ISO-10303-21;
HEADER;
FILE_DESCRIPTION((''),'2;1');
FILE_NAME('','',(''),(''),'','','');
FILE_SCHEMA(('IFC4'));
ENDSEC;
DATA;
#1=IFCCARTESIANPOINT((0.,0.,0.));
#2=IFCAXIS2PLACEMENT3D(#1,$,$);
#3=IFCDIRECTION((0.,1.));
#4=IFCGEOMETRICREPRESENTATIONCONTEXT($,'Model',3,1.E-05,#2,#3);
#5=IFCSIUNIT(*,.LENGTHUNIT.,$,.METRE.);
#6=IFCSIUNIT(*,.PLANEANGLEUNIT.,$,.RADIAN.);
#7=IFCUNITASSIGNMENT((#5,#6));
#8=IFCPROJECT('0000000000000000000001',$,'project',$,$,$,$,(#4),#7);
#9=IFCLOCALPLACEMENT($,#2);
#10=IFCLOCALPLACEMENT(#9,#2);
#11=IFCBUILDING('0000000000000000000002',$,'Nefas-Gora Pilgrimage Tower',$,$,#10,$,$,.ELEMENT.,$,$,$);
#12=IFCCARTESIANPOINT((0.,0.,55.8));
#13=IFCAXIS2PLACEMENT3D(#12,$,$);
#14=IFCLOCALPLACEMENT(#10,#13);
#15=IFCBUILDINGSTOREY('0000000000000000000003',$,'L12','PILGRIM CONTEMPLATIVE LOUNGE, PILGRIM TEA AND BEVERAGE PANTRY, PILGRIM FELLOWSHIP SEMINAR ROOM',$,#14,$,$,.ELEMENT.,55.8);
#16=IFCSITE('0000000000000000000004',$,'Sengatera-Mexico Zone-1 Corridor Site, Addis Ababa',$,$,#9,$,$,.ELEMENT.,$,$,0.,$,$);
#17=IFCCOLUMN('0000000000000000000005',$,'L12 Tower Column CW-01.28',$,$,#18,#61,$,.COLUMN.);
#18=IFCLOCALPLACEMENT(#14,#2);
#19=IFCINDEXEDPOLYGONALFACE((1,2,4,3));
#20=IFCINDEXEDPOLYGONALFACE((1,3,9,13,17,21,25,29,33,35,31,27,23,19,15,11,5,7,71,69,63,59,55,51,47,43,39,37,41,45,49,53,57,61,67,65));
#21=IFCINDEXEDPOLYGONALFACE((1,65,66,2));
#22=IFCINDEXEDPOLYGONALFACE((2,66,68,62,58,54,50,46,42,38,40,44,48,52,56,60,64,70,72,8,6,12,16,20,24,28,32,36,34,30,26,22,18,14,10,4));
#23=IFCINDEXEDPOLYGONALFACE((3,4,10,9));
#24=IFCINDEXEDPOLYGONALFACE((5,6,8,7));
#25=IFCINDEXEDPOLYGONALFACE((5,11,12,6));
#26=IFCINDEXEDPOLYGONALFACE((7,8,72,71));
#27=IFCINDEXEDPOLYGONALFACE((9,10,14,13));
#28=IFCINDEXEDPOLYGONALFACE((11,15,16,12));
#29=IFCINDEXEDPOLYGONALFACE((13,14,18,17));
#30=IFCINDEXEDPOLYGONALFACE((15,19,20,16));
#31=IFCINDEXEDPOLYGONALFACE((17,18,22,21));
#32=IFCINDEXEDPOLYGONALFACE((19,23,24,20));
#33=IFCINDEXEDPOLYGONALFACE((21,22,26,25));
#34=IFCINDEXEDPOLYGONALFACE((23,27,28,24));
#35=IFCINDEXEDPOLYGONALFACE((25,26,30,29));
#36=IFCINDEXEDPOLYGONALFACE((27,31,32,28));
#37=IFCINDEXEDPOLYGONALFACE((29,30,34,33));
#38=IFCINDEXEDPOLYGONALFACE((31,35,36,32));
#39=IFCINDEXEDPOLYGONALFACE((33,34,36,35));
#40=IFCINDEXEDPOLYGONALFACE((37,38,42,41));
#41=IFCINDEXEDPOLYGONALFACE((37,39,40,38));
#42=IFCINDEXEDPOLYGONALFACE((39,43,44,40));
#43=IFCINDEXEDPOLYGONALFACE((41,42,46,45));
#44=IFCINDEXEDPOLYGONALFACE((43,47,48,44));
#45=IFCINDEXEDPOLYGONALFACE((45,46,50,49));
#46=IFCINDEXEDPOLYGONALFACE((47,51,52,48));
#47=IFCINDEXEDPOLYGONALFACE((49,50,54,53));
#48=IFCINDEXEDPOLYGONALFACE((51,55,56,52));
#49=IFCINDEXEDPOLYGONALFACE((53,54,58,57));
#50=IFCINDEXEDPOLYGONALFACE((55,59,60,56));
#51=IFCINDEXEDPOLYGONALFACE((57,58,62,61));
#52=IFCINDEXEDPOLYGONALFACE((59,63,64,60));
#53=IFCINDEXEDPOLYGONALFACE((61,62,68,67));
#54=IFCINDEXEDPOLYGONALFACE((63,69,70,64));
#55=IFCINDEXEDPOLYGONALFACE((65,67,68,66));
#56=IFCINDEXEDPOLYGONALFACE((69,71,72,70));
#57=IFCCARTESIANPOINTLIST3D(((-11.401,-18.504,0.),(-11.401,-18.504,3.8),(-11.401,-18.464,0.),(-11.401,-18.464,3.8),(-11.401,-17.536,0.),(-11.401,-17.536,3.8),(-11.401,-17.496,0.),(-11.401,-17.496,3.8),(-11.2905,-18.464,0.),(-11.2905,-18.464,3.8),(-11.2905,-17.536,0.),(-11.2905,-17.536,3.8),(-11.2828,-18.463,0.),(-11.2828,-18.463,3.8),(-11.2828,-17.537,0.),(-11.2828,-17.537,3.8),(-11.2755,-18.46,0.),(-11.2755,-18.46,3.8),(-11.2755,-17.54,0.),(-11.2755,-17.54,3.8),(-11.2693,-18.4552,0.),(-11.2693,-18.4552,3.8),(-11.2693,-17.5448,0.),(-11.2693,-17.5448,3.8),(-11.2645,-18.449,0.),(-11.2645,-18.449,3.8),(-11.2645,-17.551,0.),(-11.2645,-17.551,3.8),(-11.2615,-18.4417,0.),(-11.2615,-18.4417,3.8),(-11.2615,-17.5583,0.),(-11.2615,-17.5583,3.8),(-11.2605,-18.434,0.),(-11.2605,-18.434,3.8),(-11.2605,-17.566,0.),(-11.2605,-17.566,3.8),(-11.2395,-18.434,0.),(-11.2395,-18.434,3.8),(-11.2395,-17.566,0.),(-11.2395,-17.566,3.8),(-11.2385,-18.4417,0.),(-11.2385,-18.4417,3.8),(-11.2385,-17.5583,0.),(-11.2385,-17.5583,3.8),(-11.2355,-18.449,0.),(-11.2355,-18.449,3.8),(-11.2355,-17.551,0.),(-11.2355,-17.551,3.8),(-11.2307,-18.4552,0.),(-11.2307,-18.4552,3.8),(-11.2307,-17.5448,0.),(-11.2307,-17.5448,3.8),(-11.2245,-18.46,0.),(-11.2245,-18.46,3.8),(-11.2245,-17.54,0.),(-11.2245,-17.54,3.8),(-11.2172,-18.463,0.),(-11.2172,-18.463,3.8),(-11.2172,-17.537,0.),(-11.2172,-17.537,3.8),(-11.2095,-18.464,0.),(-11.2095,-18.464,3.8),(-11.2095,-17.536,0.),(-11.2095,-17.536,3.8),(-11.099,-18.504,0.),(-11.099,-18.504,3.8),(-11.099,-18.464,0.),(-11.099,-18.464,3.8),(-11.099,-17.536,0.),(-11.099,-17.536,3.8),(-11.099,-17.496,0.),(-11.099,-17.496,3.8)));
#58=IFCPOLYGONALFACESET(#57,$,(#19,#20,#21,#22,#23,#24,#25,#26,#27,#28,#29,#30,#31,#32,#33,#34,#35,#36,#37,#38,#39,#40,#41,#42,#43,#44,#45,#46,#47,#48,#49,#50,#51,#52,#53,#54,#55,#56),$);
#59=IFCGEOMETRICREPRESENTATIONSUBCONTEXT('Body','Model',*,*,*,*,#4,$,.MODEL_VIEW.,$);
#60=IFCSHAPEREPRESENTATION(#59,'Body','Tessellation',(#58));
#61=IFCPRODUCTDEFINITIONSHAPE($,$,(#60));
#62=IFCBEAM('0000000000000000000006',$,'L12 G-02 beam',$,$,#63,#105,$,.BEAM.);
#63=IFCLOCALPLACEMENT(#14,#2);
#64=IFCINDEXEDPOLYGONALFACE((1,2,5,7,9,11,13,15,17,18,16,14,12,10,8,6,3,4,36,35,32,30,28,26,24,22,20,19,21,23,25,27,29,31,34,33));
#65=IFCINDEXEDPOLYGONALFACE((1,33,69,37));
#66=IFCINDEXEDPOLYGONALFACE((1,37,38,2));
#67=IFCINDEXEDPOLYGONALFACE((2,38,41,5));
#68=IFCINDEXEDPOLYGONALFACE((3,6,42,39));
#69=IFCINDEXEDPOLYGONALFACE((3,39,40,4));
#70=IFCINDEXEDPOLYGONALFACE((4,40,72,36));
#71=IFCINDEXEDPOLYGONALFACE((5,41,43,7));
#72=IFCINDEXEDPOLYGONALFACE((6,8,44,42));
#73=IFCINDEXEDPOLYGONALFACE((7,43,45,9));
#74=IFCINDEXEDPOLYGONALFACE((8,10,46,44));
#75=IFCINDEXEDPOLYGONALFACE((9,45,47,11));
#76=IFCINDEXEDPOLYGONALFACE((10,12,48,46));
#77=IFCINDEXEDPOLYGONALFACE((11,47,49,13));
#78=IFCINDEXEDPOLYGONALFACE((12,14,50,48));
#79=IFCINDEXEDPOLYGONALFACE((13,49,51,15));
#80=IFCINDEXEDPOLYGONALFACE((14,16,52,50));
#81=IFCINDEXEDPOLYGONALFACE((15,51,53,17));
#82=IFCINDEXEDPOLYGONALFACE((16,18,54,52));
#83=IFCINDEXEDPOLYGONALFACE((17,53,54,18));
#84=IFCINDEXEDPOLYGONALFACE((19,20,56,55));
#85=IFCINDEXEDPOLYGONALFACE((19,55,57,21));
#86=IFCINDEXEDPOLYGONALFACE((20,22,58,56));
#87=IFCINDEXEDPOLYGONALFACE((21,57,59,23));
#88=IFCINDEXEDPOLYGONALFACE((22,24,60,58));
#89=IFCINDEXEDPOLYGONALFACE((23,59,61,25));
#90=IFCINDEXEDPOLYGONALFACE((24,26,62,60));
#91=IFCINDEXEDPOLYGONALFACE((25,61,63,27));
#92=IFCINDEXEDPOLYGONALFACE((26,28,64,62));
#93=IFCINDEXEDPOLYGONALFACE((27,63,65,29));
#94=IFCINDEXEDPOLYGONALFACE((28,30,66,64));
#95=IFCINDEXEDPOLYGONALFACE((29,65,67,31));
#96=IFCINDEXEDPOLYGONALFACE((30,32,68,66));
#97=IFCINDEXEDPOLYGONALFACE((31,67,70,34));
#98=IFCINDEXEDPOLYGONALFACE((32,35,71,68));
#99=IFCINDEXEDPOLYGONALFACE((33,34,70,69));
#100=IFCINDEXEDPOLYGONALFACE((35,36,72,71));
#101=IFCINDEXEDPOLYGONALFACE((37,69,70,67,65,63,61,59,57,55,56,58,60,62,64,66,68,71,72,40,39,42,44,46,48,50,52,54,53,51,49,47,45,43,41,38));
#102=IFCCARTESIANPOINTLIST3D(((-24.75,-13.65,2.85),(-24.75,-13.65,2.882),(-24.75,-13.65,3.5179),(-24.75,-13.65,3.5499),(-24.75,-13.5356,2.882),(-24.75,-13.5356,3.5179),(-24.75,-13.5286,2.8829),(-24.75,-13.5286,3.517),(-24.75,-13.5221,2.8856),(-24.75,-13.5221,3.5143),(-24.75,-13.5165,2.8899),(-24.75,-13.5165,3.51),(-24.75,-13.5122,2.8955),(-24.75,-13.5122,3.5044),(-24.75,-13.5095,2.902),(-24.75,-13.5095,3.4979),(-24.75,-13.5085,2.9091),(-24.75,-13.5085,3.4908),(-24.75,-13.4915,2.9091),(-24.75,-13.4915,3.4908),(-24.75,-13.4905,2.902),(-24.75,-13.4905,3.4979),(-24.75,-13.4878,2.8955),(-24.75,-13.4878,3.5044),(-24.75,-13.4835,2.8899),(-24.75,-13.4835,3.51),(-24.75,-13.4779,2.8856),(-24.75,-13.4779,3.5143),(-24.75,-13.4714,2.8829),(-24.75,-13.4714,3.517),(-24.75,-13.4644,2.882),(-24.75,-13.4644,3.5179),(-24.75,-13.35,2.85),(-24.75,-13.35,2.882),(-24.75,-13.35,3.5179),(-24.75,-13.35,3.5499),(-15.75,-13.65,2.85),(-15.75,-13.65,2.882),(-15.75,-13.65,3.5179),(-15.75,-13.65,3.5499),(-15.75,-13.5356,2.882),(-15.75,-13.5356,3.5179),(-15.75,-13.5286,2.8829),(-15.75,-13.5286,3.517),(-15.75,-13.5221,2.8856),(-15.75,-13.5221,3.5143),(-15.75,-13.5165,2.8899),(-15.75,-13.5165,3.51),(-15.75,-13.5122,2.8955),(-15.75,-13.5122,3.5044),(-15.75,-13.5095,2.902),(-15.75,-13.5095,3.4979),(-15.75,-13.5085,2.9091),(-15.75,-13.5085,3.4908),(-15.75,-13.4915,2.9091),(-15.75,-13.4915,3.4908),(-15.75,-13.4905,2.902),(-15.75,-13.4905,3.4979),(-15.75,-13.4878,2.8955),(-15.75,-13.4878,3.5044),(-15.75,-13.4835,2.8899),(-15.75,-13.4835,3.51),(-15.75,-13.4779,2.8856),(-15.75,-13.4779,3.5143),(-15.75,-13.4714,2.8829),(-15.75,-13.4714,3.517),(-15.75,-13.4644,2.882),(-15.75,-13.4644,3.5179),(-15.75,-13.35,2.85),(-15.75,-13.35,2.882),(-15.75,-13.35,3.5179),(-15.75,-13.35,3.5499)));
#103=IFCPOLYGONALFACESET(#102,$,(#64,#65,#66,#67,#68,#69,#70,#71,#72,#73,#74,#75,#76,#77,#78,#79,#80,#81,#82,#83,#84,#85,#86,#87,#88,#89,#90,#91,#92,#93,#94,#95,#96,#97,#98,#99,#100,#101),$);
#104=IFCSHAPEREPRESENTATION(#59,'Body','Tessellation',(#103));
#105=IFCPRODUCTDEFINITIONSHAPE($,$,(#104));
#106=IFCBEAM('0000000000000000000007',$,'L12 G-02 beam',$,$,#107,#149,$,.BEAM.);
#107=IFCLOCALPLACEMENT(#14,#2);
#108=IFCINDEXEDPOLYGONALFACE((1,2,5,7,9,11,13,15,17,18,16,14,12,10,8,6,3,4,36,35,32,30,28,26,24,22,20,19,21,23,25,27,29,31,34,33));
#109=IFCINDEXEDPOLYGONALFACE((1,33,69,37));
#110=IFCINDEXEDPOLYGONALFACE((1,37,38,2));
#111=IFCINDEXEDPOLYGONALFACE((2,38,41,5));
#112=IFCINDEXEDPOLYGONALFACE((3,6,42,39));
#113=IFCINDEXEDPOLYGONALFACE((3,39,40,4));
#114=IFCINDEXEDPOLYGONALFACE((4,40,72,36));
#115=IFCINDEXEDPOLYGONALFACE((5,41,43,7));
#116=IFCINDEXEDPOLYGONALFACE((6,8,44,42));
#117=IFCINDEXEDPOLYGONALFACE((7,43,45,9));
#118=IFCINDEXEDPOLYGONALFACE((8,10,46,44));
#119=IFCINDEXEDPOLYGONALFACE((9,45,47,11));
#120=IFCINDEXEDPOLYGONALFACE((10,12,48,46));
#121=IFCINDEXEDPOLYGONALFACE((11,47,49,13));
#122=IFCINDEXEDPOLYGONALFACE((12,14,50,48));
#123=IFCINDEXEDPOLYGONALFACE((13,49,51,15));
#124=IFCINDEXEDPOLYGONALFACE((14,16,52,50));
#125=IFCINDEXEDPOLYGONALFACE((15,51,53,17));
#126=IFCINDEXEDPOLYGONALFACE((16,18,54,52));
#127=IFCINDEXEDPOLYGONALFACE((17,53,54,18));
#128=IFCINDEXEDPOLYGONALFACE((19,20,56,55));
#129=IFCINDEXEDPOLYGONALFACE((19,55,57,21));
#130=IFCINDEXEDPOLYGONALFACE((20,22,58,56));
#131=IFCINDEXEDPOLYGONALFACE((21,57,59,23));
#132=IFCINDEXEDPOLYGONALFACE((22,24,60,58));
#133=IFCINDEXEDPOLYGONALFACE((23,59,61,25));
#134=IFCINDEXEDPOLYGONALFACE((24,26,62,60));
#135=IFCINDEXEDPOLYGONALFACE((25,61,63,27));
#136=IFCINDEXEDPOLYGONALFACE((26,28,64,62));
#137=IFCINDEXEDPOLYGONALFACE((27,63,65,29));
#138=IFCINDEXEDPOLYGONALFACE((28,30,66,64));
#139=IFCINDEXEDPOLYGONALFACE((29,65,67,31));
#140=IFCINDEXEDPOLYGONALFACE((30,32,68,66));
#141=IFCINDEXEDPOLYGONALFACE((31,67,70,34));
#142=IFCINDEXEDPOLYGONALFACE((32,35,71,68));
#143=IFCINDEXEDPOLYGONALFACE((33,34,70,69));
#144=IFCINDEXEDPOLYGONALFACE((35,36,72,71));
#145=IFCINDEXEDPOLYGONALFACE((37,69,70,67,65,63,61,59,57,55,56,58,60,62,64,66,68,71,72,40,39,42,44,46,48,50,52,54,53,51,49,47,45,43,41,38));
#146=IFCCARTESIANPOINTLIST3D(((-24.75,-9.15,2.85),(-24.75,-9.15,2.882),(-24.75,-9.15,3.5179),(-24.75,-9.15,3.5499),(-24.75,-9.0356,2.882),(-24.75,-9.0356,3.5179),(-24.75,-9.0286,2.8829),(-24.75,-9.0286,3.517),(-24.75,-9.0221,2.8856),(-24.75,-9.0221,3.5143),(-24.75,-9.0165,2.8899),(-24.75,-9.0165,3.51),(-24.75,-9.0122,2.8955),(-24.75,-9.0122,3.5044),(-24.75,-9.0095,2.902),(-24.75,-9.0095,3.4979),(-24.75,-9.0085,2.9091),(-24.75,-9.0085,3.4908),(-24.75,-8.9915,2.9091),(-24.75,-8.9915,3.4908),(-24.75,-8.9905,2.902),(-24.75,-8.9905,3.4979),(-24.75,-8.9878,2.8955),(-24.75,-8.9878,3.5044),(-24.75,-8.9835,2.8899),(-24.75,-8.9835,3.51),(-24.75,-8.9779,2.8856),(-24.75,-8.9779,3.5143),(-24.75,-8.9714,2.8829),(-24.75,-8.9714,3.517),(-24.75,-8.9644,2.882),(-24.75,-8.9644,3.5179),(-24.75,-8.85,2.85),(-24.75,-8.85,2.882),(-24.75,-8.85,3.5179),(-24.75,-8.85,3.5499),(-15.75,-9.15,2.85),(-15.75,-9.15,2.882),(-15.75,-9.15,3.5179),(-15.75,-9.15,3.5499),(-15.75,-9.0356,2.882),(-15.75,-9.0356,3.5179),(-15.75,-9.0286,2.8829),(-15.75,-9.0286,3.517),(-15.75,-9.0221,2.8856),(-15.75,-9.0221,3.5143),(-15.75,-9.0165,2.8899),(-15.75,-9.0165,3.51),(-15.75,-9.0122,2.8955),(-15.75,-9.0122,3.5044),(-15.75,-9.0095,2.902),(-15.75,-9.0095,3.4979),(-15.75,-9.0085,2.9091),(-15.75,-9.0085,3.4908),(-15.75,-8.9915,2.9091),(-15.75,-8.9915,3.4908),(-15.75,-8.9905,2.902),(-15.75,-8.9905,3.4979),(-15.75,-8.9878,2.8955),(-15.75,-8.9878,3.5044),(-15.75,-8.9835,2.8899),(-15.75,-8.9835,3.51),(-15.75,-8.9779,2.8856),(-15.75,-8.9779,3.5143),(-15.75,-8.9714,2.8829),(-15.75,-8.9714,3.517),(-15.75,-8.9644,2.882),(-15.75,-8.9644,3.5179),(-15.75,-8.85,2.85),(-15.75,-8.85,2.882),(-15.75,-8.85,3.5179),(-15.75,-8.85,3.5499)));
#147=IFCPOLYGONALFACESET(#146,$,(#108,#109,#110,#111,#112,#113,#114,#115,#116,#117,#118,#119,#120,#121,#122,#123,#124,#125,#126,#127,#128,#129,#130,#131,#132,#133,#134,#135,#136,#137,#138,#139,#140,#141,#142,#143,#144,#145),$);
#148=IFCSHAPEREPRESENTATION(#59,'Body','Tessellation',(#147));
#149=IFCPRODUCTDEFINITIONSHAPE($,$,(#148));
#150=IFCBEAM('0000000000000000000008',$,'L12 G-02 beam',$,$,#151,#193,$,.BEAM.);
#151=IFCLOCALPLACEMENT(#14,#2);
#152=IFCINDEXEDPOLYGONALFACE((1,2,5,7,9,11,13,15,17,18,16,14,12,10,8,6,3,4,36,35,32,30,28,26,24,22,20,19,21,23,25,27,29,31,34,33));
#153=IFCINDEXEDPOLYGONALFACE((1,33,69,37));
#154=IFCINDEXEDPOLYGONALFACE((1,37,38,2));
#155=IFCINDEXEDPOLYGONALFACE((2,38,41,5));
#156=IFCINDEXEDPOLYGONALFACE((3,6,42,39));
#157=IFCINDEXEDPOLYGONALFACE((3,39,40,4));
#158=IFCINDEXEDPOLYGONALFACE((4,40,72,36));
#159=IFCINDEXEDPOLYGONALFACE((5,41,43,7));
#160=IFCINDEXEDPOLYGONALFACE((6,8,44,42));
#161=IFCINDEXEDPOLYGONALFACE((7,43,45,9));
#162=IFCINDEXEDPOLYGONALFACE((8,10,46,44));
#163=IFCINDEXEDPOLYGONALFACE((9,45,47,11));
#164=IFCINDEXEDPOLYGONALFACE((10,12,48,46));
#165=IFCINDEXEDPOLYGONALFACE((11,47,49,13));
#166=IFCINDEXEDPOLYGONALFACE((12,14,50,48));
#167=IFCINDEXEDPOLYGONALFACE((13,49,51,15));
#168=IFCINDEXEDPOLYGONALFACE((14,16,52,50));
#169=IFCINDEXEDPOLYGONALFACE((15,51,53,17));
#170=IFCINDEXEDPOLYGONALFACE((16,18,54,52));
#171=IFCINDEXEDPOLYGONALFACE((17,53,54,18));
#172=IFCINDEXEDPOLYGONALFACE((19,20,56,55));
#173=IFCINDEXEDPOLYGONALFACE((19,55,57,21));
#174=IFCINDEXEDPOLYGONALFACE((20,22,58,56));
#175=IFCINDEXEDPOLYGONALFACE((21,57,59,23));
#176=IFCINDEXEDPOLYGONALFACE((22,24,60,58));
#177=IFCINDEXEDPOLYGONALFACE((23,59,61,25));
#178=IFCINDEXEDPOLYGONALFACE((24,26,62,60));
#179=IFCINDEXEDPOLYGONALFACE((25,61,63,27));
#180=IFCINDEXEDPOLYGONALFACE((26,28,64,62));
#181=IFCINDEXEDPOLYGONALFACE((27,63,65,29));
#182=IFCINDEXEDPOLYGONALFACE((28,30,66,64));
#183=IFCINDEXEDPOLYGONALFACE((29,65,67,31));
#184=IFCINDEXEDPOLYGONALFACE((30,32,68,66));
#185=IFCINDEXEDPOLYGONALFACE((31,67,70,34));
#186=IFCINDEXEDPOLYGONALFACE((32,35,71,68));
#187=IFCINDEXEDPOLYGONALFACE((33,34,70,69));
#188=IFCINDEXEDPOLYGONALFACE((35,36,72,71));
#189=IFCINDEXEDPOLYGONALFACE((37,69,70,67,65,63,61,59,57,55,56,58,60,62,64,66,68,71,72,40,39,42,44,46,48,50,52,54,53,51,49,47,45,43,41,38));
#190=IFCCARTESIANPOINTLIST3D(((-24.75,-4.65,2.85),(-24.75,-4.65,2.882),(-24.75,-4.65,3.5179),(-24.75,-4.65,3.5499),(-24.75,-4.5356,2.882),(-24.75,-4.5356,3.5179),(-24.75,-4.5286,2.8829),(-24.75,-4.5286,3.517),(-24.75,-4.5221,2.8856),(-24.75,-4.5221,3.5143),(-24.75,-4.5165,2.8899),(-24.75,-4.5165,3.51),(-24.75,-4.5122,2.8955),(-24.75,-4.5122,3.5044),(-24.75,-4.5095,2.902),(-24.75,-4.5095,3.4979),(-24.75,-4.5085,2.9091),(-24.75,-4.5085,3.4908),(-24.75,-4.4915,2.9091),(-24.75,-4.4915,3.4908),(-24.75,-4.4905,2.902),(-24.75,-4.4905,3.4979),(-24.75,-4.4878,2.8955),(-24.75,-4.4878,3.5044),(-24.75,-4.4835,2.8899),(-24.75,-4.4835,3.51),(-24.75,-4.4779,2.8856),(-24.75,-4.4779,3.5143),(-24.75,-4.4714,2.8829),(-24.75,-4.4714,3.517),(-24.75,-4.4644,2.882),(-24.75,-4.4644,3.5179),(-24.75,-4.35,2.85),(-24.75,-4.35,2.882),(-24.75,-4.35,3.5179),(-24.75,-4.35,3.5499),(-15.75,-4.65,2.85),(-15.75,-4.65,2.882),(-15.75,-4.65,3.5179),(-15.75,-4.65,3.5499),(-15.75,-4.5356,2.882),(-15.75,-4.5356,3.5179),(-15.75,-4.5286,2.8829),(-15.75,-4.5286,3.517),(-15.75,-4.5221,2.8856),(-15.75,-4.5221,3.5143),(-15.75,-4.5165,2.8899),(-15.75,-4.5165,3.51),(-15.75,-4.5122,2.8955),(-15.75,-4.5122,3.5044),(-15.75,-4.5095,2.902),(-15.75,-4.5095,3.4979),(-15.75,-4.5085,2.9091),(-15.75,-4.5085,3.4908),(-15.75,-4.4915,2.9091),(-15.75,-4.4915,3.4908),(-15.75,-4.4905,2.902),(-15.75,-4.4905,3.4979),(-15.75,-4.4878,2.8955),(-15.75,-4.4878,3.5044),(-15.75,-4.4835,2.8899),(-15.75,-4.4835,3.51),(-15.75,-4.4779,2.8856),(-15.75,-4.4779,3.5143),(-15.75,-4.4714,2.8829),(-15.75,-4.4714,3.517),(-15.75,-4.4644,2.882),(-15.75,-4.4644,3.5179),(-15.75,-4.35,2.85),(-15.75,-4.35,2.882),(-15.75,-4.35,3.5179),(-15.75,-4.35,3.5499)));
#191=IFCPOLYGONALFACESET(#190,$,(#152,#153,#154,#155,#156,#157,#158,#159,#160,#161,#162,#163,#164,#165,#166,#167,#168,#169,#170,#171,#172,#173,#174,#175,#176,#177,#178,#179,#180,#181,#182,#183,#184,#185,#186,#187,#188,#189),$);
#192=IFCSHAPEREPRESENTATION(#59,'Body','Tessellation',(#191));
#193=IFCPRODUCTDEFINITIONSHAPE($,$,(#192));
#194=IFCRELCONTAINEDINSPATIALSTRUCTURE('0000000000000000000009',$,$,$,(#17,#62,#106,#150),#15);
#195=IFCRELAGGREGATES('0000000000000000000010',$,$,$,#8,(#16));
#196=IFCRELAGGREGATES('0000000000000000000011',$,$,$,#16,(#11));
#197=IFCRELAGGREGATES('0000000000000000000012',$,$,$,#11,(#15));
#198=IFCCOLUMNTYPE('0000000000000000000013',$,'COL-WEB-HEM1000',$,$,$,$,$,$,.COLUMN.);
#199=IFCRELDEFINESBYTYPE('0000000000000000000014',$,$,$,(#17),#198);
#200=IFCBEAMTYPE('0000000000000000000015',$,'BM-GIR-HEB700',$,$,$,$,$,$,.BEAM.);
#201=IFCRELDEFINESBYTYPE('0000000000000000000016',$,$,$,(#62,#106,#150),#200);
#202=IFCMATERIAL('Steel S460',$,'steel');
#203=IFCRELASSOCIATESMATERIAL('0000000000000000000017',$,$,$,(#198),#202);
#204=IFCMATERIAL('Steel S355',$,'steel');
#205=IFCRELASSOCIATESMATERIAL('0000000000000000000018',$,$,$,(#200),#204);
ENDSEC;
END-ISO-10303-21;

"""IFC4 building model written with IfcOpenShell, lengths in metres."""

from ifc_helpers import new_model, si_unit, direction, frame, origin, origin_2d, place, context, subcontext, project, spatial, i_section, extrude, source, transform, mapped, material, material_profile, profile_set, type_object, element, save


model = new_model("IFC4")

# Units and contexts
model_context = context("Model", 3, precision=1e-05, world=origin(), true_north=direction((0.0, 1.0)))
body_context = subcontext(model_context, "Body", "Model", "MODEL_VIEW")
ifc_project = project(units=[si_unit("LENGTHUNIT", "METRE"), si_unit("PLANEANGLEUNIT", "RADIAN")], contexts=[model_context])

# Site, building, storey
site_placement = place(None, origin())
site = spatial("IfcSite", under=ifc_project, at=site_placement, Name="Sengatera-Mexico Zone-1 Corridor Site, Addis Ababa", CompositionType="ELEMENT", RefElevation=0.0)
building_placement = place(site_placement, origin())
building = spatial("IfcBuilding", under=site, at=building_placement, Name="Nefas-Gora Pilgrimage Tower", CompositionType="ELEMENT")
storey_placement = place(building_placement, frame((0.0, 0.0, 55.8)))
storey = spatial("IfcBuildingStorey", under=building, at=storey_placement, Name="L12", Description="PILGRIM CONTEMPLATIVE LOUNGE, PILGRIM TEA AND BEVERAGE PANTRY, PILGRIM FELLOWSHIP SEMINAR ROOM", CompositionType="ELEMENT", Elevation=55.8)

# Column
ifc_material_1 = material(Name="Steel S460", Category="steel")
ifc_material_profile_1 = material_profile(ifc_material_1, i_section(OverallWidth=0.302, OverallDepth=1.0081, WebThickness=0.021, FlangeThickness=0.04, FilletRadius=0.03, at=origin_2d()), Name="HEM 1000")
ifc_profile_set_1 = profile_set([ifc_material_profile_1], Name="Steel S460")
column_type_1 = type_object("IfcColumnType", Name="COL-WEB-HEM1000", PredefinedType="COLUMN", material=ifc_profile_set_1)
shared_shape_1 = source(origin(), body_context, "Body", "SweptSolid", [
    extrude(i_section(OverallWidth=0.302, OverallDepth=1.0081, WebThickness=0.021, FlangeThickness=0.04, FilletRadius=0.03, at=origin_2d()), origin(), (0.0, 0.0, 1.0), 3.8),
])
for number, where, z_axis, x_axis, name in (
    (1, (-11.25, -18.0, 0.0), (0.0, 0.0, 1.0), (1.0, 0.0, 0.0), "L12 Tower Column CW-01.28"),
):
    element("IfcColumn", number, at=place(storey_placement, frame(where, z_axis=z_axis, x_axis=x_axis)), inside=storey, type_object=column_type_1, Name=name, PredefinedType="COLUMN", context=body_context, shape_type="MappedRepresentation", body=[
        mapped(shared_shape_1, transform((0.0, 0.0, 0.0), x_axis=(1.0, 0.0, 0.0), y_axis=(0.0, 1.0, 0.0), z_axis=(0.0, 0.0, 1.0), scale=1.0)),
    ])

# Beams
ifc_material_2 = material(Name="Steel S355", Category="steel")
ifc_material_profile_2 = material_profile(ifc_material_2, i_section(OverallWidth=0.3, OverallDepth=0.7, WebThickness=0.0171, FlangeThickness=0.032, FilletRadius=0.0271, at=origin_2d()), Name="HEB 700")
ifc_profile_set_2 = profile_set([ifc_material_profile_2], Name="Steel S355")
beam_type = type_object("IfcBeamType", Name="BM-GIR-HEB700", PredefinedType="BEAM", material=ifc_profile_set_2)
shared_shape_2 = source(origin(), body_context, "Body", "SweptSolid", [
    extrude(i_section(OverallWidth=0.3, OverallDepth=0.7, WebThickness=0.0171, FlangeThickness=0.032, FilletRadius=0.0271, at=origin_2d()), origin(), (0.0, 0.0, 1.0), 9.0),
])
for number, where, z_axis, x_axis, name in (
    (2, (-24.75, -13.5, 3.2), (1.0, 0.0, 0.0), (0.0, 1.0, 0.0), "L12 G-02 beam"),
    (3, (-24.75, -9.0, 3.2), (1.0, 0.0, 0.0), (0.0, 1.0, 0.0), "L12 G-02 beam"),
    (4, (-24.75, -4.5, 3.2), (1.0, 0.0, 0.0), (0.0, 1.0, 0.0), "L12 G-02 beam"),
):
    element("IfcBeam", number, at=place(storey_placement, frame(where, z_axis=z_axis, x_axis=x_axis)), inside=storey, type_object=beam_type, Name=name, PredefinedType="BEAM", context=body_context, shape_type="MappedRepresentation", body=[
        mapped(shared_shape_2, transform((0.0, 0.0, 0.0), x_axis=(1.0, 0.0, 0.0), y_axis=(0.0, 1.0, 0.0), z_axis=(0.0, 0.0, 1.0), scale=1.0)),
    ])

save(model, "model.ifc")
